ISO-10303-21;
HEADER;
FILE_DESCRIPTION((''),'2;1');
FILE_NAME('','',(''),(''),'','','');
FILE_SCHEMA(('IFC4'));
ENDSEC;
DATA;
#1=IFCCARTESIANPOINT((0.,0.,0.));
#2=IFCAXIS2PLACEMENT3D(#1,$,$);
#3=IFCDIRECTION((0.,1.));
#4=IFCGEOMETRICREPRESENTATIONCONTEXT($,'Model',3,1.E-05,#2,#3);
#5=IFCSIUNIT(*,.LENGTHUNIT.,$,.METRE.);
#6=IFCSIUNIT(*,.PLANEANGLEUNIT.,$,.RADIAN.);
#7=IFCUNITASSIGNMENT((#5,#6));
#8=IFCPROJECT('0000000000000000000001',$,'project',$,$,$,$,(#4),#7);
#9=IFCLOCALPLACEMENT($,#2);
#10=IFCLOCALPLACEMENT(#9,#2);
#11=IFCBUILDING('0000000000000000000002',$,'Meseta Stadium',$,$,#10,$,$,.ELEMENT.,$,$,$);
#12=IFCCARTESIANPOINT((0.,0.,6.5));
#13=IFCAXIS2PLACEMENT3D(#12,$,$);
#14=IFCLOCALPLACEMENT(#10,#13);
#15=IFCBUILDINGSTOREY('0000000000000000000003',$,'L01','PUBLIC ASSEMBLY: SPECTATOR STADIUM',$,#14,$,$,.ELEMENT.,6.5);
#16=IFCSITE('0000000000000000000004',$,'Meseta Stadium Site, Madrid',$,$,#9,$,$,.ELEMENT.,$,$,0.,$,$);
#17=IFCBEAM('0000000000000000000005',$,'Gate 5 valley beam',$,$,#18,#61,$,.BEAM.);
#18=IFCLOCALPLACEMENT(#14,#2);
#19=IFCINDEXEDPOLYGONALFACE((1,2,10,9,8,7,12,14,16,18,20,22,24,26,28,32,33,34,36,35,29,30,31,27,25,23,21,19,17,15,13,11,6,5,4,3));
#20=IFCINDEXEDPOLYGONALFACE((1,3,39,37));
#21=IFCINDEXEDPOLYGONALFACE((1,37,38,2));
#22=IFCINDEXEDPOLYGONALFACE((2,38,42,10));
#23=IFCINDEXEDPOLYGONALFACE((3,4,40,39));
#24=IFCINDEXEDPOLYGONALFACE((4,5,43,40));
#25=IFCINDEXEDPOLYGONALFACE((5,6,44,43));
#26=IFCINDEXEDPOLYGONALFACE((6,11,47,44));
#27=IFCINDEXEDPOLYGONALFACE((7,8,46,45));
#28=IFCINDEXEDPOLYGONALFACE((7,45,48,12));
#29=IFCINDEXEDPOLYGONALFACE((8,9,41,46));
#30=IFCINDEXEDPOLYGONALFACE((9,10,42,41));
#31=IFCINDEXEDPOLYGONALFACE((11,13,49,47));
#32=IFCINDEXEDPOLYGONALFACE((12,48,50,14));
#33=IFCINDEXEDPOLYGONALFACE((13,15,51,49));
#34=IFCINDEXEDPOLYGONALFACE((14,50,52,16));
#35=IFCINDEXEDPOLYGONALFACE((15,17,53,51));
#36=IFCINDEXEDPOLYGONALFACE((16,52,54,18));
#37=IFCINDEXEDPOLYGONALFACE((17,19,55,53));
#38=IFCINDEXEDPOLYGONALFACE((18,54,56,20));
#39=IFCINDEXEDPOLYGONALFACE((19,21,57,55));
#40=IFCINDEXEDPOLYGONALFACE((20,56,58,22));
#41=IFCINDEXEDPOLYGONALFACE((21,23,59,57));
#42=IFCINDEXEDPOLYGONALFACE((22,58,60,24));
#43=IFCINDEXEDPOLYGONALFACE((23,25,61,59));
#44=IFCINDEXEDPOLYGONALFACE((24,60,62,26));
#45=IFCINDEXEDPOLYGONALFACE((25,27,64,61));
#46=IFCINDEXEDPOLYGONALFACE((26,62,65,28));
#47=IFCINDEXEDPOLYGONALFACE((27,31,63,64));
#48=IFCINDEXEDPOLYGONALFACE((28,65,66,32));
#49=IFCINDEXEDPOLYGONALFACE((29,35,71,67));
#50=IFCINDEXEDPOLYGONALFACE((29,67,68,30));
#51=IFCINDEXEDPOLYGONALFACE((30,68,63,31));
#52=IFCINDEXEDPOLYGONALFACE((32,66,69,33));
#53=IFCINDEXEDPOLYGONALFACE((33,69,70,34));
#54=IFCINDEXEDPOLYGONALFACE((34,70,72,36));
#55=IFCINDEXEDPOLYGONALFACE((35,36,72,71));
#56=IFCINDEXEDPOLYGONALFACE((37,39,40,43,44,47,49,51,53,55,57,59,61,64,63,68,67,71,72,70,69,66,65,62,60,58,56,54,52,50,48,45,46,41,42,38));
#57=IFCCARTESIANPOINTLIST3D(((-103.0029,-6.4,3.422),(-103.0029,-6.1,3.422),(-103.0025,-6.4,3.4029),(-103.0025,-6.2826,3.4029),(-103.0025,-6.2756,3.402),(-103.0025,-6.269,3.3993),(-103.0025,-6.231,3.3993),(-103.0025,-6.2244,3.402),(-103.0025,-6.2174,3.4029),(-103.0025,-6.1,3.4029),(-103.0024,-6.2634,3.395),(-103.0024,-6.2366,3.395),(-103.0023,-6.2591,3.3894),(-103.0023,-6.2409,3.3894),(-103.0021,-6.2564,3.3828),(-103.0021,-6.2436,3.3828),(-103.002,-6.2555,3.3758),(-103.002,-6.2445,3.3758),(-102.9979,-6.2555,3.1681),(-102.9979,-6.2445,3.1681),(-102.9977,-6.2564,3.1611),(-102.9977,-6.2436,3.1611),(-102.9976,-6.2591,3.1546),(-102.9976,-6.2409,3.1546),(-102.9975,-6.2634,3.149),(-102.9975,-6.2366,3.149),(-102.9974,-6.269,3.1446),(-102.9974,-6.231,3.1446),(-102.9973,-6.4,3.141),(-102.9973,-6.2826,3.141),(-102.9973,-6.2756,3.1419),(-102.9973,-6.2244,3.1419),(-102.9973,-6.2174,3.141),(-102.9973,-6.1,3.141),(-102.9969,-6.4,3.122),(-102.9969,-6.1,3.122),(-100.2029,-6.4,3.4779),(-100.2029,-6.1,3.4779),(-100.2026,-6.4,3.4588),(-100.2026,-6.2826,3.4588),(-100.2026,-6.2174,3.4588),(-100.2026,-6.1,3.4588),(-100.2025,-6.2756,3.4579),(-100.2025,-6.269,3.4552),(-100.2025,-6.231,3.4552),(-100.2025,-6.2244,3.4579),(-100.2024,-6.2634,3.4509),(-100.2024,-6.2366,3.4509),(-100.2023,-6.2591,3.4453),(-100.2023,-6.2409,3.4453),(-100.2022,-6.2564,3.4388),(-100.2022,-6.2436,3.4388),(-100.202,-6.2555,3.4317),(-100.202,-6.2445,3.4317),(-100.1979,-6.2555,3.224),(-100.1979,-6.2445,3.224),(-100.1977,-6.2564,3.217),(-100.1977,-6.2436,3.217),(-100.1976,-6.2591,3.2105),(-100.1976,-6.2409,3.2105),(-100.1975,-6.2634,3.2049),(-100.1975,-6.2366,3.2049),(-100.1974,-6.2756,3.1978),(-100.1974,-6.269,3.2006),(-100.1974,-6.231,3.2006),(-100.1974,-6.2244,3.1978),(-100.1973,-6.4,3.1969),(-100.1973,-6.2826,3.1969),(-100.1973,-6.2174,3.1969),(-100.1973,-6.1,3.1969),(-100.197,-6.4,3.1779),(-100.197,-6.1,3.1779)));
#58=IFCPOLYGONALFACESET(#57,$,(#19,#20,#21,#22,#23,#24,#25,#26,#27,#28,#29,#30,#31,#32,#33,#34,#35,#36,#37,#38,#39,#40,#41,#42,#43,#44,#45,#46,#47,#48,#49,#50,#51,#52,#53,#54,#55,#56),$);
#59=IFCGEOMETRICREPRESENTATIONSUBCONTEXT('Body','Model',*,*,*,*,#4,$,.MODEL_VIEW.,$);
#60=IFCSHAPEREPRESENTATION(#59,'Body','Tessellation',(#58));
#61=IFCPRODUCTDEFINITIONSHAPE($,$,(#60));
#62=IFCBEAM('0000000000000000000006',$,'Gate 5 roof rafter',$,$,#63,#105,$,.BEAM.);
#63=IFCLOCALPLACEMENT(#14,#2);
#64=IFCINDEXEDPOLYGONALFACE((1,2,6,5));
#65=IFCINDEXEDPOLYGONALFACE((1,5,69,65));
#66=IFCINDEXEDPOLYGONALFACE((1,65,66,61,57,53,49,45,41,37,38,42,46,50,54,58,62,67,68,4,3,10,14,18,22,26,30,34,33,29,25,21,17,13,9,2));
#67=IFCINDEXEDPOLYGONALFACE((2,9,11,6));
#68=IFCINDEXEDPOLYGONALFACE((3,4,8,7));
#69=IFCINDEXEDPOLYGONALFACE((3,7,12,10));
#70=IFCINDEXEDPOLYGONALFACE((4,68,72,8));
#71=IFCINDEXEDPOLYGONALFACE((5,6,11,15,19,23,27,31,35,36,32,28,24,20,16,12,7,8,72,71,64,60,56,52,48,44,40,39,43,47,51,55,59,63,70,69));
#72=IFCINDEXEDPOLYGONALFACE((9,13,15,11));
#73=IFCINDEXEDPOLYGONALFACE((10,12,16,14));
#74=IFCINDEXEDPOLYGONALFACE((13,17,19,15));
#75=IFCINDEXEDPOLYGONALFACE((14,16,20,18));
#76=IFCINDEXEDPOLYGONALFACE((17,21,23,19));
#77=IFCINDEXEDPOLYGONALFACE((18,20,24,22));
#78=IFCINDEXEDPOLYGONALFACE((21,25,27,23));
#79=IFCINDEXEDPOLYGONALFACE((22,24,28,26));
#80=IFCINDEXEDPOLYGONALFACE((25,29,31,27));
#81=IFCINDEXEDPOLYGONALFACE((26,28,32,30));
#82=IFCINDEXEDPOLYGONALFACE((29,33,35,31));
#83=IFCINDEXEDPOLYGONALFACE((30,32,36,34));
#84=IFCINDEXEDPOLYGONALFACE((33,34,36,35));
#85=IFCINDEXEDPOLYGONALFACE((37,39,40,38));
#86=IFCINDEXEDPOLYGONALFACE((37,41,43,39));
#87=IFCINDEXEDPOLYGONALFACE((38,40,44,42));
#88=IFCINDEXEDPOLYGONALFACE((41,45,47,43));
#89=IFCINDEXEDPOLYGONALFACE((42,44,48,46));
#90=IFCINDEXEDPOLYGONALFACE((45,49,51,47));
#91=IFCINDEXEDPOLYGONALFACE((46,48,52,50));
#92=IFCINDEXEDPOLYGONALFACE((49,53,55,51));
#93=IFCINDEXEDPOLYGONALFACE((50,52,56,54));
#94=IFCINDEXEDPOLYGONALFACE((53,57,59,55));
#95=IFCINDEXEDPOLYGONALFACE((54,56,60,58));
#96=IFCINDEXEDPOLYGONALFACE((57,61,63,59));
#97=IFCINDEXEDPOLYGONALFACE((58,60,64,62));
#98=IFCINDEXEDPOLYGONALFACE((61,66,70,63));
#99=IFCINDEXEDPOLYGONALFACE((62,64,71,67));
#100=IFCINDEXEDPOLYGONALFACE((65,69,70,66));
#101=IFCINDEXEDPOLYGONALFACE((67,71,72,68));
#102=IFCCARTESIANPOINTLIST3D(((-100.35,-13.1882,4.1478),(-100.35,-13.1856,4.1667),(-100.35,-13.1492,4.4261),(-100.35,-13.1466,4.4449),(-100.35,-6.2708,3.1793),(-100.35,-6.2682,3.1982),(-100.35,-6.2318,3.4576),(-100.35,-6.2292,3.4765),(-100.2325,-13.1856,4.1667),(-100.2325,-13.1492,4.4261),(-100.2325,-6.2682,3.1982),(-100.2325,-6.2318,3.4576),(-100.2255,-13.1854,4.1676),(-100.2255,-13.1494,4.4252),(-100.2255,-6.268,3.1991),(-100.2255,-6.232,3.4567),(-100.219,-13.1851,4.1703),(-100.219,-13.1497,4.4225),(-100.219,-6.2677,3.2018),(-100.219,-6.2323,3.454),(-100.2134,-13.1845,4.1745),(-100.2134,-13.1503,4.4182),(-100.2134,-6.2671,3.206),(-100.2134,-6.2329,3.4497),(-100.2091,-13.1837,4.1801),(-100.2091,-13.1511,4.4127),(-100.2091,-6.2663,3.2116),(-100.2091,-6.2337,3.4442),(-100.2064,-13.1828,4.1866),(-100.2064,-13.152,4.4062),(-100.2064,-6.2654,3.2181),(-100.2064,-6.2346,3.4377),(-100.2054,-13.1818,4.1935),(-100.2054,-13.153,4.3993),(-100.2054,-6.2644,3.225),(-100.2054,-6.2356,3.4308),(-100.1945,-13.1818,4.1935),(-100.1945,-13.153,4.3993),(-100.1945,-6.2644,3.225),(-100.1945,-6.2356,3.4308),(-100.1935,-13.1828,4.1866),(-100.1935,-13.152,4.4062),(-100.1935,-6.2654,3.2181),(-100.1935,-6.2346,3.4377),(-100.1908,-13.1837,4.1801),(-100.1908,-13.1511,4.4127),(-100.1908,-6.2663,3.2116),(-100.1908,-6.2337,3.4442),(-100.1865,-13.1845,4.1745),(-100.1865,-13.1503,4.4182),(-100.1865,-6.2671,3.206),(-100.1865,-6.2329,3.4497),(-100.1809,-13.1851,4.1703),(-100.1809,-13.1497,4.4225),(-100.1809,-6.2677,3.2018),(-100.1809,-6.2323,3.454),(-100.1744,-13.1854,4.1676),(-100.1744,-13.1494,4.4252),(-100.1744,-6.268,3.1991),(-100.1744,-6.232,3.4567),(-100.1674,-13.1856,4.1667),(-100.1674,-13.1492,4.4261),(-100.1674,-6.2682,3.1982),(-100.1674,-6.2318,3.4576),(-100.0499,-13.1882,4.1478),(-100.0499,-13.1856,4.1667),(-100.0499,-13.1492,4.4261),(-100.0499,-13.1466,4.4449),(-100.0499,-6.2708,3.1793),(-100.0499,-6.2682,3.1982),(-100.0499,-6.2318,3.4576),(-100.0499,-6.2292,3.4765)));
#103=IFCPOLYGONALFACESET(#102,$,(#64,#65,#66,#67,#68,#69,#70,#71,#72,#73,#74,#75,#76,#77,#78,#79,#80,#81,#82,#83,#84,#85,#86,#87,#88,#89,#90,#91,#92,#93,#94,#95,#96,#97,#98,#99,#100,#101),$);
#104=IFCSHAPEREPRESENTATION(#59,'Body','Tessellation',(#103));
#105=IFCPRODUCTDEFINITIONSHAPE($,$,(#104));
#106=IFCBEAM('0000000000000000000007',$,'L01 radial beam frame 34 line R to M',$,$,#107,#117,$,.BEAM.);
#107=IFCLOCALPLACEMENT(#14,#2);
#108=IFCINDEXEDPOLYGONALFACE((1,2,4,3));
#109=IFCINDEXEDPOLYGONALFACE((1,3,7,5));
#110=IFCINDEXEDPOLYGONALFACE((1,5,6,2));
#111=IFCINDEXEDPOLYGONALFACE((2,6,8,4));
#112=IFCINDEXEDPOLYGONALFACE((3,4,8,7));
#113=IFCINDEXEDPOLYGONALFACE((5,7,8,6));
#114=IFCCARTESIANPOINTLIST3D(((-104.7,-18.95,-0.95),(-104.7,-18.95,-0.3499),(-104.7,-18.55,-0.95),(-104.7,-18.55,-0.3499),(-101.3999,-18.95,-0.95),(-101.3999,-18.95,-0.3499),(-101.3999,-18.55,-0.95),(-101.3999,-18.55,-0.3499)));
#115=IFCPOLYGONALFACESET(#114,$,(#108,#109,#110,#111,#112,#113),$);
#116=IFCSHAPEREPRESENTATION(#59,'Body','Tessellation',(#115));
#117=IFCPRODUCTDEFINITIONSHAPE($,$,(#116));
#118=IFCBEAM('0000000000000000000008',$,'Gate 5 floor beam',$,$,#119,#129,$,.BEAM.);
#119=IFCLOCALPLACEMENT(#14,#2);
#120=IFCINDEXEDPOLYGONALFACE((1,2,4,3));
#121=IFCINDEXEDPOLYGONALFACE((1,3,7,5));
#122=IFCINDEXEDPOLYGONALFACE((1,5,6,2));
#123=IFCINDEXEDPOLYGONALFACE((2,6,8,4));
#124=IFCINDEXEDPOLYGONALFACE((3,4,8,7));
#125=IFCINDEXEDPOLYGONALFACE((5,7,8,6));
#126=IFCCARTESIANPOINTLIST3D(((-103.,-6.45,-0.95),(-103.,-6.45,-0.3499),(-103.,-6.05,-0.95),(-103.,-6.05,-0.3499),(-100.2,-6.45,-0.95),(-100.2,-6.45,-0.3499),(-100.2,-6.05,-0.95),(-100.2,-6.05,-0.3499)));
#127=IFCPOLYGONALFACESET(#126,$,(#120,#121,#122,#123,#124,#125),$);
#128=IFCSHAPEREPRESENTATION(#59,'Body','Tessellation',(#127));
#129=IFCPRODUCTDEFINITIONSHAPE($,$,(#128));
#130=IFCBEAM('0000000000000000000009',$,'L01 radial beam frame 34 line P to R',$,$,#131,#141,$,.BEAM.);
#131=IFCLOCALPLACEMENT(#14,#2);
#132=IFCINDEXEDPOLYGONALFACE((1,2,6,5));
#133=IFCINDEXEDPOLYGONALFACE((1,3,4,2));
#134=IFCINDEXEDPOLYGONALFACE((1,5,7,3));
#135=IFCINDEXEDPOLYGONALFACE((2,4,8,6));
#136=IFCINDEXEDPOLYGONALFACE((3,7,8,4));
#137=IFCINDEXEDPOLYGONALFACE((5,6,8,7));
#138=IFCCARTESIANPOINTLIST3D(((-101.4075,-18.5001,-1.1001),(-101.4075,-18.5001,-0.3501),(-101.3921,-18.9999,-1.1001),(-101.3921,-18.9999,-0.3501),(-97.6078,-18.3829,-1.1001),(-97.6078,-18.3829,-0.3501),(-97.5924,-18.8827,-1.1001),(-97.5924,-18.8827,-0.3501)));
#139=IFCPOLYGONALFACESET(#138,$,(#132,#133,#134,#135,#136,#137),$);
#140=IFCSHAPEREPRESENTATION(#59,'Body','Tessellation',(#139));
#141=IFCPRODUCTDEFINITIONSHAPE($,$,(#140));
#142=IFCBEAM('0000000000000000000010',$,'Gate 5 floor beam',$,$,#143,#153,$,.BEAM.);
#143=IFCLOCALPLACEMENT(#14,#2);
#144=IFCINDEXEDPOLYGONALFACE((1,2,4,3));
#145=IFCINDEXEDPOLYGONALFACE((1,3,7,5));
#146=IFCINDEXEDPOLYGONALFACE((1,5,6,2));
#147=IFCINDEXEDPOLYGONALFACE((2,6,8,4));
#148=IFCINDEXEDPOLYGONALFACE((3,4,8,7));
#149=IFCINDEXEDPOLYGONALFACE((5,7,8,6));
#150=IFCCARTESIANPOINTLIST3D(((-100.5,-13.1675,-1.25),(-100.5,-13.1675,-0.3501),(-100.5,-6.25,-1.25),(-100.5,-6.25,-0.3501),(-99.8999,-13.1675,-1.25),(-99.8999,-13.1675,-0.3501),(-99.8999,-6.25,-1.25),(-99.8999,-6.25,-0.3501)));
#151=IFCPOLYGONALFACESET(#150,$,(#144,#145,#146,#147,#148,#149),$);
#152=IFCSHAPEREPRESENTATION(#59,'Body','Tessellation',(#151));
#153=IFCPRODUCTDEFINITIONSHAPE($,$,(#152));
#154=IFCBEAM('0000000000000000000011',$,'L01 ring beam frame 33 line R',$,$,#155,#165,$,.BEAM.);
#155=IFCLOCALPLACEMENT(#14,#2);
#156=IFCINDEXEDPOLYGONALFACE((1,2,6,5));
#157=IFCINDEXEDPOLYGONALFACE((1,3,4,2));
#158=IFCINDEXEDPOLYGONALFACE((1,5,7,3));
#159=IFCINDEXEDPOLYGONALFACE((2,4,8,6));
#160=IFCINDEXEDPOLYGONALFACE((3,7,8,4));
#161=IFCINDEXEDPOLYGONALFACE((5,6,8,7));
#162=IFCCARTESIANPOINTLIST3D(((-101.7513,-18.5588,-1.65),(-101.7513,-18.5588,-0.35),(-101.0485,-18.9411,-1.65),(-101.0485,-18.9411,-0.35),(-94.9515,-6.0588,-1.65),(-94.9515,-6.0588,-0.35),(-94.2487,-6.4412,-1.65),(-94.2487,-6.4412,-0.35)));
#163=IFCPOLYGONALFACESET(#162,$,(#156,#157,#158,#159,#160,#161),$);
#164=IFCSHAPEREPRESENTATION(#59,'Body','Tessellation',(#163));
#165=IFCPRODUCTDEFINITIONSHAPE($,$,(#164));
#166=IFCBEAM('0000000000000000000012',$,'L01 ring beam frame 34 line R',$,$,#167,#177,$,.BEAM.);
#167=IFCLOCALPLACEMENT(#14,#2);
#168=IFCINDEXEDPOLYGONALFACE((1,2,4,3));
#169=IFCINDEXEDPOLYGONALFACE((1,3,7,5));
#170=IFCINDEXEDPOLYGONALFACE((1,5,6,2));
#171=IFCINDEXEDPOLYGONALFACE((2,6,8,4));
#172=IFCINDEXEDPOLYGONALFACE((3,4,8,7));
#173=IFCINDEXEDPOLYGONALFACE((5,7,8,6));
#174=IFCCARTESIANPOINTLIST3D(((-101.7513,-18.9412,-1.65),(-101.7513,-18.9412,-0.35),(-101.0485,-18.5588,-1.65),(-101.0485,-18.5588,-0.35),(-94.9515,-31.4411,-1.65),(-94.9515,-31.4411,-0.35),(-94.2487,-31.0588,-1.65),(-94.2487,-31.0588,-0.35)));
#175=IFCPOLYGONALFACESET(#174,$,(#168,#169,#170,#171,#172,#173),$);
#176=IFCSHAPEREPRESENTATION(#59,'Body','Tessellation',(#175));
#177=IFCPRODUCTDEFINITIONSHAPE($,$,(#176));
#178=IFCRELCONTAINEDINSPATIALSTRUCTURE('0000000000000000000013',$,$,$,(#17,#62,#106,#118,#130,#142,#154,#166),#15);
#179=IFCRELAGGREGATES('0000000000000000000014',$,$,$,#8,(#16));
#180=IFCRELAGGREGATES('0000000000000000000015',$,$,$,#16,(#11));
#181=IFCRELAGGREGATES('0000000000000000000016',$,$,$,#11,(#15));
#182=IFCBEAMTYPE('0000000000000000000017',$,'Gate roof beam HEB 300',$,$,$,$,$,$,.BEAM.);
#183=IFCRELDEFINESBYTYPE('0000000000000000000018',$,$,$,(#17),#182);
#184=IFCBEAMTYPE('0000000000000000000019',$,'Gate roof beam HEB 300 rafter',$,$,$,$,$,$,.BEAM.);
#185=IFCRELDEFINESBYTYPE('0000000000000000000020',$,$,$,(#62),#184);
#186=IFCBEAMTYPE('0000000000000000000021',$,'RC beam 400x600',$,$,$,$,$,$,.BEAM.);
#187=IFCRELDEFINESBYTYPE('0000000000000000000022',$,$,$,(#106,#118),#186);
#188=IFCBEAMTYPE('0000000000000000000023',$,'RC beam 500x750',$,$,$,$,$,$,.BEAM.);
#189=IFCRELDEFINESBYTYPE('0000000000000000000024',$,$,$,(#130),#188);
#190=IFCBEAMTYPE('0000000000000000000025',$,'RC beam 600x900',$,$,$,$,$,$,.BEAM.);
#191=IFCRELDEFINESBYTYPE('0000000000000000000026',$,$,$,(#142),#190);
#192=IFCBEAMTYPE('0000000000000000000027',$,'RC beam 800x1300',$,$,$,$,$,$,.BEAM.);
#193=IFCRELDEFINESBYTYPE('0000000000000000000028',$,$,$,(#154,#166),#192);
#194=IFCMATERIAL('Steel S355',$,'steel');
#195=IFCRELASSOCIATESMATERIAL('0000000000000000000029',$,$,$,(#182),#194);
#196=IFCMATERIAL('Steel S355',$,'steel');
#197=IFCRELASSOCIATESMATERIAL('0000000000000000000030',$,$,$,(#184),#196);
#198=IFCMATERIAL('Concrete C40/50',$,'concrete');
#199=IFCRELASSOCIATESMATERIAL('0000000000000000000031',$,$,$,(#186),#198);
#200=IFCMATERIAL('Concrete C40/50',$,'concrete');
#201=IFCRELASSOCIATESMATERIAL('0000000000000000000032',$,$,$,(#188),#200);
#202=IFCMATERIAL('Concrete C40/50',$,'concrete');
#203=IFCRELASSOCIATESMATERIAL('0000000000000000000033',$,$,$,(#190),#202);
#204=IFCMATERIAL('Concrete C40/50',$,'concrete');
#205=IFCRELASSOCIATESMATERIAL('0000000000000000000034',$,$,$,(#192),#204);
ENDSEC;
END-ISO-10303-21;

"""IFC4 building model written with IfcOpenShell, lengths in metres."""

from ifc_helpers import new_model, si_unit, direction, frame, origin, origin_2d, place, context, subcontext, project, spatial, rectangle, i_section, extrude, material, material_profile, profile_set, type_object, element, save


model = new_model("IFC4")

# Units and contexts
model_context = context("Model", 3, precision=1e-05, world=origin(), true_north=direction((0.0, 1.0)))
body_context = subcontext(model_context, "Body", "Model", "MODEL_VIEW")
ifc_project = project(units=[si_unit("LENGTHUNIT", "METRE"), si_unit("PLANEANGLEUNIT", "RADIAN")], contexts=[model_context])

# Site, building, storey
site_placement = place(None, origin())
site = spatial("IfcSite", under=ifc_project, at=site_placement, Name="Meseta Stadium Site, Madrid", CompositionType="ELEMENT", RefElevation=0.0)
building_placement = place(site_placement, origin())
building = spatial("IfcBuilding", under=site, at=building_placement, Name="Meseta Stadium", CompositionType="ELEMENT")
storey_placement = place(building_placement, frame((0.0, 0.0, 6.5)))
storey = spatial("IfcBuildingStorey", under=building, at=storey_placement, Name="L01", Description="PUBLIC ASSEMBLY: SPECTATOR STADIUM", CompositionType="ELEMENT", Elevation=6.5)

# Beams
ifc_material_1 = material(Name="Steel S355", Category="steel")
ifc_material_profile_1 = material_profile(ifc_material_1, i_section(OverallWidth=0.3, OverallDepth=0.3, WebThickness=0.011, FlangeThickness=0.019, FilletRadius=0.0271, at=origin_2d()), Name="HEB 300")
ifc_profile_set_1 = profile_set([ifc_material_profile_1], Name="Steel S355")
beam_type_1 = type_object("IfcBeamType", Name="Gate roof beam HEB 300", PredefinedType="BEAM", material=ifc_profile_set_1)
beam_1_placement = place(storey_placement, frame((-100.2, -6.25, 3.3279), z_axis=(-0.999801, 0.0, -0.019963), x_axis=(0.0, -1.0, 0.0)))
element("IfcBeam", 1, at=beam_1_placement, inside=storey, type_object=beam_type_1, Name="Gate 5 valley beam", PredefinedType="BEAM", context=body_context, shape_type="SweptSolid", body=[
    extrude(i_section(OverallWidth=0.3, OverallDepth=0.3, WebThickness=0.011, FlangeThickness=0.019, FilletRadius=0.0271, at=origin_2d()), origin(), (0.0, 0.0, 1.0), 2.8005),
])
ifc_material_2 = material(Name="Steel S355", Category="steel")
ifc_material_profile_2 = material_profile(ifc_material_2, i_section(OverallWidth=0.3, OverallDepth=0.3, WebThickness=0.011, FlangeThickness=0.019, FilletRadius=0.0271, at=origin_2d()), Name="HEB 300")
ifc_profile_set_2 = profile_set([ifc_material_profile_2], Name="Steel S355")
beam_type_2 = type_object("IfcBeamType", Name="Gate roof beam HEB 300 rafter", PredefinedType="BEAM", material=ifc_profile_set_2)
beam_2_placement = place(storey_placement, frame((-100.2, -6.25, 3.3279), z_axis=(0.0, -0.990341, 0.138656), x_axis=(1.0, 0.0, 0.0)))
element("IfcBeam", 2, at=beam_2_placement, inside=storey, type_object=beam_type_2, Name="Gate 5 roof rafter", PredefinedType="BEAM", context=body_context, shape_type="SweptSolid", body=[
    extrude(i_section(OverallWidth=0.3, OverallDepth=0.3, WebThickness=0.011, FlangeThickness=0.019, FilletRadius=0.0271, at=origin_2d()), origin(), (0.0, 0.0, 1.0), 6.9849),
])
ifc_material_3 = material(Name="Concrete C40/50", Category="concrete")
ifc_material_profile_3 = material_profile(ifc_material_3, rectangle(XDim=0.3999, YDim=0.6001, at=origin_2d()), Name="RC 400x600")
ifc_profile_set_3 = profile_set([ifc_material_profile_3], Name="Concrete C40/50")
beam_type_3 = type_object("IfcBeamType", Name="RC beam 400x600", PredefinedType="BEAM", material=ifc_profile_set_3)
beam_3_placement = place(storey_placement, frame((-101.3999, -18.75, -0.6499), z_axis=(-1.0, 0.0, 0.0), x_axis=(0.0, -1.0, 0.0)))
element("IfcBeam", 3, at=beam_3_placement, inside=storey, type_object=beam_type_3, Name="L01 radial beam frame 34 line R to M", PredefinedType="BEAM", context=body_context, shape_type="SweptSolid", body=[
    extrude(rectangle(XDim=0.3999, YDim=0.6001, at=origin_2d()), origin(), (0.0, 0.0, 1.0), 3.3),
])
beam_4_placement = place(storey_placement, frame((-100.2, -6.25, -0.6499), z_axis=(-1.0, 0.0, 0.0), x_axis=(0.0, -1.0, 0.0)))
element("IfcBeam", 4, at=beam_4_placement, inside=storey, type_object=beam_type_3, Name="Gate 5 floor beam", PredefinedType="BEAM", context=body_context, shape_type="SweptSolid", body=[
    extrude(rectangle(XDim=0.3999, YDim=0.6001, at=origin_2d()), origin(), (0.0, 0.0, 1.0), 2.8),
])
ifc_material_4 = material(Name="Concrete C40/50", Category="concrete")
ifc_material_profile_4 = material_profile(ifc_material_4, rectangle(XDim=0.5, YDim=0.75, at=origin_2d()), Name="RC 500x750")
ifc_profile_set_4 = profile_set([ifc_material_profile_4], Name="Concrete C40/50")
beam_type_4 = type_object("IfcBeamType", Name="RC beam 500x750", PredefinedType="BEAM", material=ifc_profile_set_4)
beam_5_placement = place(storey_placement, frame((-97.6001, -18.6328, -0.7251), z_axis=(-0.999525, -0.030826, 0.0), x_axis=(0.030826, -0.999525, 0.0)))
element("IfcBeam", 5, at=beam_5_placement, inside=storey, type_object=beam_type_4, Name="L01 radial beam frame 34 line P to R", PredefinedType="BEAM", context=body_context, shape_type="SweptSolid", body=[
    extrude(rectangle(XDim=0.5, YDim=0.75, at=origin_2d()), origin(), (0.0, 0.0, 1.0), 3.8015),
])
ifc_material_5 = material(Name="Concrete C40/50", Category="concrete")
ifc_material_profile_5 = material_profile(ifc_material_5, rectangle(XDim=0.6001, YDim=0.8999, at=origin_2d()), Name="RC 600x900")
ifc_profile_set_5 = profile_set([ifc_material_profile_5], Name="Concrete C40/50")
beam_type_5 = type_object("IfcBeamType", Name="RC beam 600x900", PredefinedType="BEAM", material=ifc_profile_set_5)
beam_6_placement = place(storey_placement, frame((-100.2, -6.25, -0.8), z_axis=(0.0, -1.0, 0.0), x_axis=(1.0, 0.0, 0.0)))
element("IfcBeam", 6, at=beam_6_placement, inside=storey, type_object=beam_type_5, Name="Gate 5 floor beam", PredefinedType="BEAM", context=body_context, shape_type="SweptSolid", body=[
    extrude(rectangle(XDim=0.6001, YDim=0.8999, at=origin_2d()), origin(), (0.0, 0.0, 1.0), 6.9175),
])
ifc_material_6 = material(Name="Concrete C40/50", Category="concrete")
ifc_material_profile_6 = material_profile(ifc_material_6, rectangle(XDim=0.8, YDim=1.3, at=origin_2d()), Name="RC 800x1300")
ifc_profile_set_6 = profile_set([ifc_material_profile_6], Name="Concrete C40/50")
beam_type_6 = type_object("IfcBeamType", Name="RC beam 800x1300", PredefinedType="BEAM", material=ifc_profile_set_6)
for number, where, z_axis, x_axis, name in (
    (7, (-94.6001, -6.25, -1.0), (-0.477856, -0.878438, 0.0), (0.878438, -0.477856, 0.0), "L01 ring beam frame 33 line R"),
    (8, (-101.3999, -18.75, -1.0), (0.477856, -0.878438, 0.0), (0.878438, 0.477856, 0.0), "L01 ring beam frame 34 line R"),
):
    element("IfcBeam", number, at=place(storey_placement, frame(where, z_axis=z_axis, x_axis=x_axis)), inside=storey, type_object=beam_type_6, Name=name, PredefinedType="BEAM", context=body_context, shape_type="SweptSolid", body=[
        extrude(rectangle(XDim=0.8, YDim=1.3, at=origin_2d()), origin(), (0.0, 0.0, 1.0), 14.2297),
    ])

save(model, "model.ifc")
